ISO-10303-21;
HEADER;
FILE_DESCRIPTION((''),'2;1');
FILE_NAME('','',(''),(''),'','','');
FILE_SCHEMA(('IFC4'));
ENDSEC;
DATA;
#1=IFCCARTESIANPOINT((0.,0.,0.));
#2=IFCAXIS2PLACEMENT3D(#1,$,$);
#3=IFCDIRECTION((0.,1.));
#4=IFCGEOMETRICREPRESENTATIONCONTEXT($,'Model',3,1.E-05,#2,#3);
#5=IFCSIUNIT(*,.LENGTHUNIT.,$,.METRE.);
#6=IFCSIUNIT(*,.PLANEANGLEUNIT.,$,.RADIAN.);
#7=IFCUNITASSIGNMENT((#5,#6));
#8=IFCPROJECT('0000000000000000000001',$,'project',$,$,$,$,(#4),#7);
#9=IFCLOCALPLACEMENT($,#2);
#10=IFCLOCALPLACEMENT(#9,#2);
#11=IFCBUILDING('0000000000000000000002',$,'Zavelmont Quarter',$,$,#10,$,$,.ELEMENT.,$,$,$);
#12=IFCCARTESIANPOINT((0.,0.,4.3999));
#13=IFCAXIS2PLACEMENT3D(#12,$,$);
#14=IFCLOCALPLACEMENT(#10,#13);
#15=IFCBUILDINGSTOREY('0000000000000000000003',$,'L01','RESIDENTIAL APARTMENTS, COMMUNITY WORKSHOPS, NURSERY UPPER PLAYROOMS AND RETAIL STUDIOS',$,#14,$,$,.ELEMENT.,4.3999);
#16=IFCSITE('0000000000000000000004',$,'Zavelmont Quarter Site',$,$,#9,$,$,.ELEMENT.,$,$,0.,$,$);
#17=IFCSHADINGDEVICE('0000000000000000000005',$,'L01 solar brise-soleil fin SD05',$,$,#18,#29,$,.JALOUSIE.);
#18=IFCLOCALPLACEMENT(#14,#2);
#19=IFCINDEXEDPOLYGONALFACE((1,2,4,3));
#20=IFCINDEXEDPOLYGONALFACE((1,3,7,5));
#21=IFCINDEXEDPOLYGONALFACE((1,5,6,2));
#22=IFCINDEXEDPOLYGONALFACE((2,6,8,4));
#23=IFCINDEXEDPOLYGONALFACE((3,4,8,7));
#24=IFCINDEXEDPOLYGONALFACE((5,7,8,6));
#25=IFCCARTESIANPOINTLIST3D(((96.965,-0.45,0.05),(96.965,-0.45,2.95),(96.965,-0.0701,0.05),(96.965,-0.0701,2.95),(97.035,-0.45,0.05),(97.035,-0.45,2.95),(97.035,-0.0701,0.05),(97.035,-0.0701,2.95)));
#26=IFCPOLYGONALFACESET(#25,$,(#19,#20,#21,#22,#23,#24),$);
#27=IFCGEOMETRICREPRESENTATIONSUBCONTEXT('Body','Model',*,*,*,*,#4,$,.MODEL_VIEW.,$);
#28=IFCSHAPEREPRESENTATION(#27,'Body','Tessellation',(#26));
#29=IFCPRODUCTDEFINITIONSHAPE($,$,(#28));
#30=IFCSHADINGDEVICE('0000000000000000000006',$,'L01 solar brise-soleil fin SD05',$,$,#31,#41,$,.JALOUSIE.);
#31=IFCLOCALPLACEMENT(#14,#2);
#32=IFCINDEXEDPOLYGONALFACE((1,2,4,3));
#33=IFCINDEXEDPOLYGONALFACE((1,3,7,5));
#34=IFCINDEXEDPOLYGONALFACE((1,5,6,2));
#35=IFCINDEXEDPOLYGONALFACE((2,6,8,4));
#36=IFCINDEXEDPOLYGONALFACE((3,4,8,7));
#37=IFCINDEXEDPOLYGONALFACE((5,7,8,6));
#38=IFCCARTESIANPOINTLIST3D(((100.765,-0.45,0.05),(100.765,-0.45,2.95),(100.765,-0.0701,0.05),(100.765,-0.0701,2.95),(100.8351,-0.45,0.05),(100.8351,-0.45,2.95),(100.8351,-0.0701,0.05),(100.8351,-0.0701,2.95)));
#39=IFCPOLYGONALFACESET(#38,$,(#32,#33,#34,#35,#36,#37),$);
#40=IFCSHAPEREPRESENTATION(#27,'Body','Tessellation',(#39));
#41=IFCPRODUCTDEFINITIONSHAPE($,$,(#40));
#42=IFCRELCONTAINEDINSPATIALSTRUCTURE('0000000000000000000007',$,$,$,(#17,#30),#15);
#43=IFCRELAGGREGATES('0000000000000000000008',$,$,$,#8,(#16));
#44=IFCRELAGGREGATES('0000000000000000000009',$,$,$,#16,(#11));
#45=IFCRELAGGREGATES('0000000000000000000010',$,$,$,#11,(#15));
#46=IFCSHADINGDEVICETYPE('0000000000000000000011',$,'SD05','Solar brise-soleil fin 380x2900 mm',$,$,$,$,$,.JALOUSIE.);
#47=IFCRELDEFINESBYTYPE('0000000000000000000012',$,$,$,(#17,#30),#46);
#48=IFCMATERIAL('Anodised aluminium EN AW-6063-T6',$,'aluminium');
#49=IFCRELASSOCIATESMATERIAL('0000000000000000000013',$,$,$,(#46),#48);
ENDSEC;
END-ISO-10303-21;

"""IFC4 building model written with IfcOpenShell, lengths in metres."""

from ifc_helpers import new_model, si_unit, direction, frame, origin, origin_2d, place, context, subcontext, project, spatial, rectangle, extrude, material, type_object, element, save


model = new_model("IFC4")

# Units and contexts
model_context = context("Model", 3, precision=1e-05, world=origin(), true_north=direction((0.0, 1.0)))
body_context = subcontext(model_context, "Body", "Model", "MODEL_VIEW")
ifc_project = project(units=[si_unit("LENGTHUNIT", "METRE"), si_unit("PLANEANGLEUNIT", "RADIAN")], contexts=[model_context])

# Site, building, storey
site_placement = place(None, origin())
site = spatial("IfcSite", under=ifc_project, at=site_placement, Name="Zavelmont Quarter Site", CompositionType="ELEMENT", RefElevation=0.0)
building_placement = place(site_placement, origin())
building = spatial("IfcBuilding", under=site, at=building_placement, Name="Zavelmont Quarter", CompositionType="ELEMENT")
storey_placement = place(building_placement, frame((0.0, 0.0, 4.3999)))
storey = spatial("IfcBuildingStorey", under=building, at=storey_placement, Name="L01", Description="RESIDENTIAL APARTMENTS, COMMUNITY WORKSHOPS, NURSERY UPPER PLAYROOMS AND RETAIL STUDIOS", CompositionType="ELEMENT", Elevation=4.3999)

# Shading devices
ifc_material_1 = material(Name="Anodised aluminium EN AW-6063-T6", Category="aluminium")
shading_device_type = type_object("IfcShadingDeviceType", Name="SD05", Description="Solar brise-soleil fin 380x2900 mm", PredefinedType="JALOUSIE", material=ifc_material_1)
for number, where, z_axis, x_axis, name in (
    (1, (97.0, -0.26, 0.05), (0.0, 0.0, 1.0), (1.0, 0.0, 0.0), "L01 solar brise-soleil fin SD05"),
    (2, (100.8, -0.26, 0.05), (0.0, 0.0, 1.0), (1.0, 0.0, 0.0), "L01 solar brise-soleil fin SD05"),
):
    element("IfcShadingDevice", number, at=place(storey_placement, frame(where, z_axis=z_axis, x_axis=x_axis)), inside=storey, type_object=shading_device_type, Name=name, PredefinedType="JALOUSIE", context=body_context, shape_type="SweptSolid", body=[
        extrude(rectangle(XDim=0.0701, YDim=0.3799, at=origin_2d()), origin(), (0.0, 0.0, 1.0), 2.8999),
    ])

save(model, "model.ifc")
